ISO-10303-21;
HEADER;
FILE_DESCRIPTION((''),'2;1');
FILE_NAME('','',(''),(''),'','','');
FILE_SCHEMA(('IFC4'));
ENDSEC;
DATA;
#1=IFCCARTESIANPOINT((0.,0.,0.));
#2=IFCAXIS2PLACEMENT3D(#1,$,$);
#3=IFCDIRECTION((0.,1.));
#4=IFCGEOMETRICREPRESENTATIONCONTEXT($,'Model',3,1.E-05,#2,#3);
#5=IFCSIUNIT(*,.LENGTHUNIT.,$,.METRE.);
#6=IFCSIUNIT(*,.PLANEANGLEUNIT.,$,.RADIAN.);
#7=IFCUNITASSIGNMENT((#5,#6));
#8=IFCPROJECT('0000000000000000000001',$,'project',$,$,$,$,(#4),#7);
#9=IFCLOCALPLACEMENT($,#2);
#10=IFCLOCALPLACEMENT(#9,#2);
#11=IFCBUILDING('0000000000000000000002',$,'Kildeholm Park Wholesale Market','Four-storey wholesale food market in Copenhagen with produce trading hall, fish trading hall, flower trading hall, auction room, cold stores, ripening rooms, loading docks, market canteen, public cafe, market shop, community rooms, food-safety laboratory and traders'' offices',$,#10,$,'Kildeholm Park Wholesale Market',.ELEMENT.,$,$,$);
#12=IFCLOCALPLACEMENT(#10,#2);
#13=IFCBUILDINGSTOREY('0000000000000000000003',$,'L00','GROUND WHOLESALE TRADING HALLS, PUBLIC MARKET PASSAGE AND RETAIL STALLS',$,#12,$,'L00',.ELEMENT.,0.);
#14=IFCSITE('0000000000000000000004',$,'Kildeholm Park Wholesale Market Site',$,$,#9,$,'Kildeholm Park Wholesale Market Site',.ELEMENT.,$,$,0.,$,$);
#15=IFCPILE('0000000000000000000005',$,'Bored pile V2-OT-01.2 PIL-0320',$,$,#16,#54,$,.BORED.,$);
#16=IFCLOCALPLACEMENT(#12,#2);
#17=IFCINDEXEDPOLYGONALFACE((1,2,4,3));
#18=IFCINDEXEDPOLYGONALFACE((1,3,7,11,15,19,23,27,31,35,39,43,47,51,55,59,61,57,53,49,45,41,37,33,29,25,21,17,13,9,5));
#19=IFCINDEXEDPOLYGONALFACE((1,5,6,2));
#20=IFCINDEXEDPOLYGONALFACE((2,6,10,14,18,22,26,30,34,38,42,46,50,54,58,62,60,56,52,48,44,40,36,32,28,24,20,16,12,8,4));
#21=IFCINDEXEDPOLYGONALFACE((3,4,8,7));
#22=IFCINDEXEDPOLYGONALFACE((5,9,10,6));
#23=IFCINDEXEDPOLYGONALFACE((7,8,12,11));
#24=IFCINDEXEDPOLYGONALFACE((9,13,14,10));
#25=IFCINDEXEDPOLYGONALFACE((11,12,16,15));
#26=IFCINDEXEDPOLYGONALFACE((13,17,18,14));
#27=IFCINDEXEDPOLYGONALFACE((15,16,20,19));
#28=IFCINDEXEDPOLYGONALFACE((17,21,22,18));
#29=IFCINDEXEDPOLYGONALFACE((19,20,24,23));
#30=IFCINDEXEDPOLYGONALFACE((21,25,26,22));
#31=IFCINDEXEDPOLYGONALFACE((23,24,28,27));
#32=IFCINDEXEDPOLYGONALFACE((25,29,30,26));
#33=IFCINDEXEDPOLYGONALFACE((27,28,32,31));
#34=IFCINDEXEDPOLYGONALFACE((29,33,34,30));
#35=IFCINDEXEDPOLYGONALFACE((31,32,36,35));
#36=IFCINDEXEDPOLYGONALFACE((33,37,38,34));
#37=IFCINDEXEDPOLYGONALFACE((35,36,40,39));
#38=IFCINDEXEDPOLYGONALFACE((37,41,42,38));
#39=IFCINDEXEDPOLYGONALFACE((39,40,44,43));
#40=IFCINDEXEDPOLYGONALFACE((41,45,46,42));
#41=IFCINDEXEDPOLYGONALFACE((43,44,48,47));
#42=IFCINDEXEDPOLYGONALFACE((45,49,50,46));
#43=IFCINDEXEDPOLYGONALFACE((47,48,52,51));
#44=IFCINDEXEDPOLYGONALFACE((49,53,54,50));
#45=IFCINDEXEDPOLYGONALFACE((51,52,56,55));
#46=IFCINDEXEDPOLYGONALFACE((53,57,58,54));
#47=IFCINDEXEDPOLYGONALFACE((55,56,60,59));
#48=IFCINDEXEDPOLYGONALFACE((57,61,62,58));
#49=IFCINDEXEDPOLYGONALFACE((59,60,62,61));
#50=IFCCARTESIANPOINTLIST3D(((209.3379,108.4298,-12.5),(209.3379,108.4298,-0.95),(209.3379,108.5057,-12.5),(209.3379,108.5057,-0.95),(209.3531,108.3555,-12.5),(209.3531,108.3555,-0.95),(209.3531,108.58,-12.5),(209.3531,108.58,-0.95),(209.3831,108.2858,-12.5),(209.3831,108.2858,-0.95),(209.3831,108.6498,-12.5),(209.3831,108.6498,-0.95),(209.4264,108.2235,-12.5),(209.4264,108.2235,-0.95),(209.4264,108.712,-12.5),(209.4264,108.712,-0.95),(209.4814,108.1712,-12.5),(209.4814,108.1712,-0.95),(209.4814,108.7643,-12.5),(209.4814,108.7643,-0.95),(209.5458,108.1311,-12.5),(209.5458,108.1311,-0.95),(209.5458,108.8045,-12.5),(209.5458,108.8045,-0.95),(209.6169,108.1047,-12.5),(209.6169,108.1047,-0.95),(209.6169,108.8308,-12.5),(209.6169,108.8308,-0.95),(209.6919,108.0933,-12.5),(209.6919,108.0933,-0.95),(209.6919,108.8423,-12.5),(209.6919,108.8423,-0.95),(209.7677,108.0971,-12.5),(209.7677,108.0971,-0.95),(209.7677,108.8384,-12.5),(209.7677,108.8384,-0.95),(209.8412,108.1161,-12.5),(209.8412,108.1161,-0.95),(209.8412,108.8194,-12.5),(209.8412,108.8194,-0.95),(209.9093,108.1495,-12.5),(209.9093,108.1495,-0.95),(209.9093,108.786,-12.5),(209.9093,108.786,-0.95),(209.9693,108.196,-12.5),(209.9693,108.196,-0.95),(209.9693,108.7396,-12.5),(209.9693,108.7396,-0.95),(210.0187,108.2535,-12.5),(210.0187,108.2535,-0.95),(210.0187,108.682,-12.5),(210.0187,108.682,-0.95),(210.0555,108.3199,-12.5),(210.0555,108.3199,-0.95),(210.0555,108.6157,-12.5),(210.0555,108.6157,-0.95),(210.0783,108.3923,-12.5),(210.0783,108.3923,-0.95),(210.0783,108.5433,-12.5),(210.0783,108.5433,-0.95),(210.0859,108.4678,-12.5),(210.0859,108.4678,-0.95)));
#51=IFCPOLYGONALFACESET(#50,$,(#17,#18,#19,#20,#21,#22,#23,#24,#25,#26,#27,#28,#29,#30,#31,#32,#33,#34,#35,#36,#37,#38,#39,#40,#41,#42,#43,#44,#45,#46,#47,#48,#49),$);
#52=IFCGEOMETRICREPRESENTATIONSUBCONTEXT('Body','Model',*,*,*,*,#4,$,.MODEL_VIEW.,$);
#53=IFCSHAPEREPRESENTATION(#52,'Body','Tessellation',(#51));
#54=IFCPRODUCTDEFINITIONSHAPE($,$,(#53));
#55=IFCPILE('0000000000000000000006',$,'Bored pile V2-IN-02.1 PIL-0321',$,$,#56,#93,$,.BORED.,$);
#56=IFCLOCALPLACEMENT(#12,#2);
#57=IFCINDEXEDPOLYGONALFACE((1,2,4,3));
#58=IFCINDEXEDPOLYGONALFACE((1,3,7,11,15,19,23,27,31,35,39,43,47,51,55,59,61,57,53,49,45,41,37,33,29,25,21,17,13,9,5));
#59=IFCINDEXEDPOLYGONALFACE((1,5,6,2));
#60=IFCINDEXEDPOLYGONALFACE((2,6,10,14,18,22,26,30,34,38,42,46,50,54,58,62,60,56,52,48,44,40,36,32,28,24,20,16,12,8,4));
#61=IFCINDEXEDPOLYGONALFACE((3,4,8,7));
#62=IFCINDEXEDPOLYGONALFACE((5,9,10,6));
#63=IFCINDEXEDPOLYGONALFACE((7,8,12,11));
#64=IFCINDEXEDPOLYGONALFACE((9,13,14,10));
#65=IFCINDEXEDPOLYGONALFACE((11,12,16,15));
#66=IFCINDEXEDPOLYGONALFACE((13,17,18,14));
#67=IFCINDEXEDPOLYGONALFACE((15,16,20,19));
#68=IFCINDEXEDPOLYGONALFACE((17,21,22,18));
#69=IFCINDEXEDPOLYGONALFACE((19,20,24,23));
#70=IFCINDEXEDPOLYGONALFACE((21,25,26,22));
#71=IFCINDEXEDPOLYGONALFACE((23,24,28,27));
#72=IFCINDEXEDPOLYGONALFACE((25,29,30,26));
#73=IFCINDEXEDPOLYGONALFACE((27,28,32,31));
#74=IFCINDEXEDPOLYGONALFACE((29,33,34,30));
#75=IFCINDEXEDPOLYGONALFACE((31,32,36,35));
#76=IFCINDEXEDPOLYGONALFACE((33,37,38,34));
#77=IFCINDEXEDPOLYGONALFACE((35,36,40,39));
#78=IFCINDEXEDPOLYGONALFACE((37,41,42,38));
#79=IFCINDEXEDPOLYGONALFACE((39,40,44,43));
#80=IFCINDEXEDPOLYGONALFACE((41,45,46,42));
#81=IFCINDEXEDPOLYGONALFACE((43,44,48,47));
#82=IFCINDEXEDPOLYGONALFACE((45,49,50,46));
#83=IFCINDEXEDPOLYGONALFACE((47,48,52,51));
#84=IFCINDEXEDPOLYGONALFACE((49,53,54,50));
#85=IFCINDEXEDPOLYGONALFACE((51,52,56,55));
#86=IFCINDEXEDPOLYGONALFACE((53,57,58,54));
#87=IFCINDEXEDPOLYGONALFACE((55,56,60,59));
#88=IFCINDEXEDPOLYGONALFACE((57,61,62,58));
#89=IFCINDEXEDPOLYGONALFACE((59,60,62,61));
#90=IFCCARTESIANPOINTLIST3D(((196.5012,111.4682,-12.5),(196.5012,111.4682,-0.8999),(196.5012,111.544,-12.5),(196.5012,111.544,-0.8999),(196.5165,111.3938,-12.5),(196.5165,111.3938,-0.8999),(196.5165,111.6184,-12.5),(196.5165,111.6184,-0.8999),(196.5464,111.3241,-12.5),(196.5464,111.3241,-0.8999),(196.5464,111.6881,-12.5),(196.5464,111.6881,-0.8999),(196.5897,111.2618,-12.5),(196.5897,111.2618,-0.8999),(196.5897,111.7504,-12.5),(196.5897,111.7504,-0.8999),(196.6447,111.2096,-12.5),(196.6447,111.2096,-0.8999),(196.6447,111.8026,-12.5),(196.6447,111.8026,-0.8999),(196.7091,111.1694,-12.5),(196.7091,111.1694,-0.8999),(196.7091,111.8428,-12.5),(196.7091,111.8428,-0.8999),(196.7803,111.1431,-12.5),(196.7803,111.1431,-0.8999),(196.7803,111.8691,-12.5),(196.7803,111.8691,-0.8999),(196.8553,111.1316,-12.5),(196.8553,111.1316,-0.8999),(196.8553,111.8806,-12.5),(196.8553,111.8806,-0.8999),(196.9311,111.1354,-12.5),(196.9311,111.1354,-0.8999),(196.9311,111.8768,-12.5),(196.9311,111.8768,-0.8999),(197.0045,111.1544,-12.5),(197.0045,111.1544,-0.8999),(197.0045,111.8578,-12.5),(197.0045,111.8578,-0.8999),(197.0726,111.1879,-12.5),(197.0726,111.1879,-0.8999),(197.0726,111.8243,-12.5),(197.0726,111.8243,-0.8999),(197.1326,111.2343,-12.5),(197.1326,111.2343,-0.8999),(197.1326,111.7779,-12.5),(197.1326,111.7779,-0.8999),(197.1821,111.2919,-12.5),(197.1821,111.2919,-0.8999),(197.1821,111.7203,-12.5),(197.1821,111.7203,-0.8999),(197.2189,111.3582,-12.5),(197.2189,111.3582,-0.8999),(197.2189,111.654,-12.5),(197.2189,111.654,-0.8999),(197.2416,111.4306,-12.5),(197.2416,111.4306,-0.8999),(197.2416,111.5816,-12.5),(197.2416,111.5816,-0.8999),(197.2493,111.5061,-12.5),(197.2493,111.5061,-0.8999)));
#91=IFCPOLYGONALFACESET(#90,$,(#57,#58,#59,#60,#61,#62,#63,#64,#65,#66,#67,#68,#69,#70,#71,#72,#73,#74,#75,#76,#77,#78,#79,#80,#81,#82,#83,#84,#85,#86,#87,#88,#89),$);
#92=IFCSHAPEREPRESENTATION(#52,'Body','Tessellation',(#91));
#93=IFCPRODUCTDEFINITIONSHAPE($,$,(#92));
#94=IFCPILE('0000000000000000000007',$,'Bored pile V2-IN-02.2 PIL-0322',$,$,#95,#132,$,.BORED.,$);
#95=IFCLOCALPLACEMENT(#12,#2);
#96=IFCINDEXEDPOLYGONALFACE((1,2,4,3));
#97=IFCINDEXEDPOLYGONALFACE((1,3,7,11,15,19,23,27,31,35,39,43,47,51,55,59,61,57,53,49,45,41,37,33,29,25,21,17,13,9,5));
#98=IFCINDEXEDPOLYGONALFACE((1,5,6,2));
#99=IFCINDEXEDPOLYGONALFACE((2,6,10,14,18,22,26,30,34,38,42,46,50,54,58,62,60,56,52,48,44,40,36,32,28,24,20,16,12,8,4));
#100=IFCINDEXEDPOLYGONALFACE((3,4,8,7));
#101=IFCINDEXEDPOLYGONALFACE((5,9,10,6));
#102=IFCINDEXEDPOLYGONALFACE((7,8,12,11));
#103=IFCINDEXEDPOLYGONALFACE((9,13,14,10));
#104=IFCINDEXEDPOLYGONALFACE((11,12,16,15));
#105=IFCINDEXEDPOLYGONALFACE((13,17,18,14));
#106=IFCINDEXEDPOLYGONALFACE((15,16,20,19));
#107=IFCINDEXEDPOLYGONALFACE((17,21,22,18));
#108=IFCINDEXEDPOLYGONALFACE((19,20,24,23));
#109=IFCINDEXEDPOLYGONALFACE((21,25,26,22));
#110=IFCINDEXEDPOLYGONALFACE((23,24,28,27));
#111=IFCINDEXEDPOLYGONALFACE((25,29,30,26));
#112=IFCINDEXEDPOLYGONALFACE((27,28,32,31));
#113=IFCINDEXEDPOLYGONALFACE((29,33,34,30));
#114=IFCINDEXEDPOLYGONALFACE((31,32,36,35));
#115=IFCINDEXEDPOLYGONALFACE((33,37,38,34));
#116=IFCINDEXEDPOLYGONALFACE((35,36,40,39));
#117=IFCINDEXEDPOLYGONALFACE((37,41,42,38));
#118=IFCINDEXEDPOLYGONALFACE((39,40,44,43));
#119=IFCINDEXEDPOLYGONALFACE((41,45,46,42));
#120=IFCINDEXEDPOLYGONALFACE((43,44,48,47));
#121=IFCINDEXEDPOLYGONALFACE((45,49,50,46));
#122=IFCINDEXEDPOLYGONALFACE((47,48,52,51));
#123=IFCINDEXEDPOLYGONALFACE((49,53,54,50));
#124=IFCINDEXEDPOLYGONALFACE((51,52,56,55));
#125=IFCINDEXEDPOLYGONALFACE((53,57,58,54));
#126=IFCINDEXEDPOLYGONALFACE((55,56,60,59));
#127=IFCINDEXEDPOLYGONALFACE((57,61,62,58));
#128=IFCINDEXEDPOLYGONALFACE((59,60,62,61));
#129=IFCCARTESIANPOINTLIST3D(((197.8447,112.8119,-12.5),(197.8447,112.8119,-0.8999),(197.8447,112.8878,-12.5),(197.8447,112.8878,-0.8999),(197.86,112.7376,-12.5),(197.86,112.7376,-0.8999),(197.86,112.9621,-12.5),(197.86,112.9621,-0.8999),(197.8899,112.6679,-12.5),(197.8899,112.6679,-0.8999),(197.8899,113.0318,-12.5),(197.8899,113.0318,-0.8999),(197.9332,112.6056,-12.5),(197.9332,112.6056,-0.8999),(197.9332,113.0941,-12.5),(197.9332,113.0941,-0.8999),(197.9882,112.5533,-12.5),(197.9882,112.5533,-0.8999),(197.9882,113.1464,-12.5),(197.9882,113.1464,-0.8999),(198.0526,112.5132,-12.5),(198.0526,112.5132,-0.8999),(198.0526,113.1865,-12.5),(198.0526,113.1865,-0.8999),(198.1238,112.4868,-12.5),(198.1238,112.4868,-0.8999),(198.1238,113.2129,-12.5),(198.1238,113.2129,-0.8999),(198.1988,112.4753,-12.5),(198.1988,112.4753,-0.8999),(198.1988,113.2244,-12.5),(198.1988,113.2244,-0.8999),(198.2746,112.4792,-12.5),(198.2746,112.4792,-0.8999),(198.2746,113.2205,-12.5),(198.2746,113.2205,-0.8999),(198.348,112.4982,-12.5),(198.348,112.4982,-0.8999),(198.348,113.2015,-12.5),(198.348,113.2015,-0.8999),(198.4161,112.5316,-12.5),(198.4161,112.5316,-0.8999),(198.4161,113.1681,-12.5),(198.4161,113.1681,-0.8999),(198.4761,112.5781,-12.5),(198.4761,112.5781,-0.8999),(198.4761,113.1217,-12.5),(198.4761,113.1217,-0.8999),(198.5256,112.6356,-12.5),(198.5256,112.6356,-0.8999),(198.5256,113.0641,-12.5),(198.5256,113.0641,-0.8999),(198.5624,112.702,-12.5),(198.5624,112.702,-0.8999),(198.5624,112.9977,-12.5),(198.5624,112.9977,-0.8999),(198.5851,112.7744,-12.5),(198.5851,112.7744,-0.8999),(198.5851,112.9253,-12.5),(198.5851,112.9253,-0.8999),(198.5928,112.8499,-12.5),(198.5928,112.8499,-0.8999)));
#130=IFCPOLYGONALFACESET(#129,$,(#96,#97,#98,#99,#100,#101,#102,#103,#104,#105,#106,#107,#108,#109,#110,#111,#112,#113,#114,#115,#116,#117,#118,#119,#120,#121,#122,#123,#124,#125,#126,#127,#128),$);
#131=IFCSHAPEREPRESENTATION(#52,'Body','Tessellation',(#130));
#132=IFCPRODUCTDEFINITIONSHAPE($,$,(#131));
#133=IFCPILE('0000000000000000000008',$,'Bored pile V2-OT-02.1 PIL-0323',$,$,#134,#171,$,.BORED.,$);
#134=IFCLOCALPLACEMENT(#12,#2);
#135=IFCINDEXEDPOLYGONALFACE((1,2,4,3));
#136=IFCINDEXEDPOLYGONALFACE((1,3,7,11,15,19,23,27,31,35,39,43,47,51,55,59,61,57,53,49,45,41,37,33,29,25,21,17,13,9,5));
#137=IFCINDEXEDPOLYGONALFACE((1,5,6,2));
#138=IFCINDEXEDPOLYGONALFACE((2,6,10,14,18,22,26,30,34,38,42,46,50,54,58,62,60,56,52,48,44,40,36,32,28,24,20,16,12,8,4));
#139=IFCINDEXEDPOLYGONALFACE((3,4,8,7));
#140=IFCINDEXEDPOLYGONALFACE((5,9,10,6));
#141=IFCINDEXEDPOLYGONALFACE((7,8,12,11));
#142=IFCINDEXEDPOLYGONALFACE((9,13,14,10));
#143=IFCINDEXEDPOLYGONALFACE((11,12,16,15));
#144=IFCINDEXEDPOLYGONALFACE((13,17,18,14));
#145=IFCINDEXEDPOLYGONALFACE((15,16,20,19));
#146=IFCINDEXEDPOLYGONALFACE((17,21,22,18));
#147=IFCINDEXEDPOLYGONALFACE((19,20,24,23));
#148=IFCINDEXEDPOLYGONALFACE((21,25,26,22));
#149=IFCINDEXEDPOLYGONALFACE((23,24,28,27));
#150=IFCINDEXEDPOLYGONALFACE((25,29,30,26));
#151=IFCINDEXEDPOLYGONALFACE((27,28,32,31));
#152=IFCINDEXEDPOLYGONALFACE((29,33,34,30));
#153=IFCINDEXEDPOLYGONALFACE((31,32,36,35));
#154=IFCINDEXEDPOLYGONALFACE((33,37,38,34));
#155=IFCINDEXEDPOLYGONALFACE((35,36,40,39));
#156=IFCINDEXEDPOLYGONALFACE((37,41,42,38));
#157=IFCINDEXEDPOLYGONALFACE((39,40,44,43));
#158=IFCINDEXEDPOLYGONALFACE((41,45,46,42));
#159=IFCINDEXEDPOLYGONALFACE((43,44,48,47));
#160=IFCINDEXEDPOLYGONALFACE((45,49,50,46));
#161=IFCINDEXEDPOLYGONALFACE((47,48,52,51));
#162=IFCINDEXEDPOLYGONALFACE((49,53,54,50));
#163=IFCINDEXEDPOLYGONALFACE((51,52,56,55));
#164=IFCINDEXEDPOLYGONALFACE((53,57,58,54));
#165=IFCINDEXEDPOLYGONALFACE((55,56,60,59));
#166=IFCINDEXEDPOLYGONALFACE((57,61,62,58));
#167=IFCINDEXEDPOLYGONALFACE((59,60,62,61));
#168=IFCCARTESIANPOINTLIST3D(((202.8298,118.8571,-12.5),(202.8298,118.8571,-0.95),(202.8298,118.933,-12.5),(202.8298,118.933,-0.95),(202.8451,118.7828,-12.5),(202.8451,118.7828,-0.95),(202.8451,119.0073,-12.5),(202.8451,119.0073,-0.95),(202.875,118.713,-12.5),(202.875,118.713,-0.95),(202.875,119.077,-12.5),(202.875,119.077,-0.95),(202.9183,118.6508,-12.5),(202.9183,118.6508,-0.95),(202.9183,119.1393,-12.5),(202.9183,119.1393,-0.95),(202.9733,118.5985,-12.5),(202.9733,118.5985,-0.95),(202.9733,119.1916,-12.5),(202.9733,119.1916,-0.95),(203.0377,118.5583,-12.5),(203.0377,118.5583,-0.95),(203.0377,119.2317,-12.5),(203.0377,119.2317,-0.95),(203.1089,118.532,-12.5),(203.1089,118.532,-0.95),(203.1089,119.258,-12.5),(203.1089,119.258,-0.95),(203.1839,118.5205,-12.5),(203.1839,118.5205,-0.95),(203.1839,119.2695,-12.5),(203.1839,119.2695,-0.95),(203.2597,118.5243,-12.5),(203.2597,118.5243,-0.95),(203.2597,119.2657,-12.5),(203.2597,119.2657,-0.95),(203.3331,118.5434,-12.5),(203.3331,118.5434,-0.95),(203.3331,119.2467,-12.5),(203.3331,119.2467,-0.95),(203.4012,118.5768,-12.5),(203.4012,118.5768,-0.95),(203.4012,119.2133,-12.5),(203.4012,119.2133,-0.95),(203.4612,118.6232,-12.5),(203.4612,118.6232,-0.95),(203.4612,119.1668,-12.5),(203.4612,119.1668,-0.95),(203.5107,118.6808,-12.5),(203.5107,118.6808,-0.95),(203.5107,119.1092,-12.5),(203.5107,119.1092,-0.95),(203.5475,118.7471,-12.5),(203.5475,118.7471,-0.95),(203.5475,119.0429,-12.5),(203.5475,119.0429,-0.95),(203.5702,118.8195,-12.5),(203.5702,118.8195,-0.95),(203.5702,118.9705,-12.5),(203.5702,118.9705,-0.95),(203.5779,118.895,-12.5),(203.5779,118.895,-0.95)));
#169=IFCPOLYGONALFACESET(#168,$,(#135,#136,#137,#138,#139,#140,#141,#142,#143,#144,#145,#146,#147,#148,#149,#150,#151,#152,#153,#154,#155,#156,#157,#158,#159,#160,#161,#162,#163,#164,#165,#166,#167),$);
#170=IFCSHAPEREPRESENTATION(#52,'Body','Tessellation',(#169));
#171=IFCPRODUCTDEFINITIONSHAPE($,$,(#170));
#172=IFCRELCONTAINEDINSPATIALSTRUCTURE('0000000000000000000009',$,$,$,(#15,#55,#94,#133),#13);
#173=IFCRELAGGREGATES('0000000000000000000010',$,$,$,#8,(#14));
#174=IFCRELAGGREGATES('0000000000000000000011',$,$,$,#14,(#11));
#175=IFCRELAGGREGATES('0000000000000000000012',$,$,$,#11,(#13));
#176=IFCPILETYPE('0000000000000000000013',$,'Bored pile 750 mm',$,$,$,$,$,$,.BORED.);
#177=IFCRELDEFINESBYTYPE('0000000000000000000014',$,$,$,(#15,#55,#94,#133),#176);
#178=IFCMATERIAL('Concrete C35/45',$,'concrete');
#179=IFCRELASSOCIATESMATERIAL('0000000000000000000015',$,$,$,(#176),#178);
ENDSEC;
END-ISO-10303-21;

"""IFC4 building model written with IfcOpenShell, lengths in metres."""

from ifc_helpers import new_model, si_unit, direction, frame, origin, origin_2d, place, context, subcontext, project, spatial, circle, extrude, material, material_profile, profile_set, type_object, element, save


model = new_model("IFC4")

# Units and contexts
model_context = context("Model", 3, precision=1e-05, world=origin(), true_north=direction((0.0, 1.0)))
body_context = subcontext(model_context, "Body", "Model", "MODEL_VIEW")
ifc_project = project(units=[si_unit("LENGTHUNIT", "METRE"), si_unit("PLANEANGLEUNIT", "RADIAN")], contexts=[model_context])

# Site, building, storey
site_placement = place(None, origin())
site = spatial("IfcSite", under=ifc_project, at=site_placement, Name="Kildeholm Park Wholesale Market Site", LongName="Kildeholm Park Wholesale Market Site", CompositionType="ELEMENT", RefElevation=0.0)
building_placement = place(site_placement, origin())
building = spatial("IfcBuilding", under=site, at=building_placement, Name="Kildeholm Park Wholesale Market", Description="Four-storey wholesale food market in Copenhagen with produce trading hall, fish trading hall, flower trading hall, auction room, cold stores, ripening rooms, loading docks, market canteen, public cafe, market shop, community rooms, food-safety laboratory and traders' offices", LongName="Kildeholm Park Wholesale Market", CompositionType="ELEMENT")
storey_placement = place(building_placement, origin())
storey = spatial("IfcBuildingStorey", under=building, at=storey_placement, Name="L00", Description="GROUND WHOLESALE TRADING HALLS, PUBLIC MARKET PASSAGE AND RETAIL STALLS", LongName="L00", CompositionType="ELEMENT", Elevation=0.0)

# Piles
ifc_material_1 = material(Name="Concrete C35/45", Category="concrete")
ifc_material_profile_1 = material_profile(ifc_material_1, circle(Radius=0.375, at=origin_2d()), Name="PILE D750")
ifc_profile_set_1 = profile_set([ifc_material_profile_1], Name="Concrete C35/45")
pile_type = type_object("IfcPileType", Name="Bored pile 750 mm", PredefinedType="BORED", material=ifc_profile_set_1)
pile_1_placement = place(storey_placement, frame((209.7109, 108.4678, -0.95), z_axis=(0.0, 0.0, -1.0), x_axis=(1.0, 0.0, 0.0)))
element("IfcPile", 1, at=pile_1_placement, inside=storey, type_object=pile_type, Name="Bored pile V2-OT-01.2 PIL-0320", PredefinedType="BORED", context=body_context, shape_type="SweptSolid", body=[
    extrude(circle(Radius=0.375, at=origin_2d()), origin(), (0.0, 0.0, 1.0), 11.55),
])
for number, where, z_axis, x_axis, name in (
    (2, (196.8743, 111.5061, -0.8999), (0.0, 0.0, -1.0), (1.0, 0.0, 0.0), "Bored pile V2-IN-02.1 PIL-0321"),
    (3, (198.2178, 112.8499, -0.8999), (0.0, 0.0, -1.0), (1.0, 0.0, 0.0), "Bored pile V2-IN-02.2 PIL-0322"),
):
    element("IfcPile", number, at=place(storey_placement, frame(where, z_axis=z_axis, x_axis=x_axis)), inside=storey, type_object=pile_type, Name=name, PredefinedType="BORED", context=body_context, shape_type="SweptSolid", body=[
        extrude(circle(Radius=0.375, at=origin_2d()), origin(), (0.0, 0.0, 1.0), 11.6001),
    ])
pile_2_placement = place(storey_placement, frame((203.2029, 118.895, -0.95), z_axis=(0.0, 0.0, -1.0), x_axis=(1.0, 0.0, 0.0)))
element("IfcPile", 4, at=pile_2_placement, inside=storey, type_object=pile_type, Name="Bored pile V2-OT-02.1 PIL-0323", PredefinedType="BORED", context=body_context, shape_type="SweptSolid", body=[
    extrude(circle(Radius=0.375, at=origin_2d()), origin(), (0.0, 0.0, 1.0), 11.55),
])

save(model, "model.ifc")
